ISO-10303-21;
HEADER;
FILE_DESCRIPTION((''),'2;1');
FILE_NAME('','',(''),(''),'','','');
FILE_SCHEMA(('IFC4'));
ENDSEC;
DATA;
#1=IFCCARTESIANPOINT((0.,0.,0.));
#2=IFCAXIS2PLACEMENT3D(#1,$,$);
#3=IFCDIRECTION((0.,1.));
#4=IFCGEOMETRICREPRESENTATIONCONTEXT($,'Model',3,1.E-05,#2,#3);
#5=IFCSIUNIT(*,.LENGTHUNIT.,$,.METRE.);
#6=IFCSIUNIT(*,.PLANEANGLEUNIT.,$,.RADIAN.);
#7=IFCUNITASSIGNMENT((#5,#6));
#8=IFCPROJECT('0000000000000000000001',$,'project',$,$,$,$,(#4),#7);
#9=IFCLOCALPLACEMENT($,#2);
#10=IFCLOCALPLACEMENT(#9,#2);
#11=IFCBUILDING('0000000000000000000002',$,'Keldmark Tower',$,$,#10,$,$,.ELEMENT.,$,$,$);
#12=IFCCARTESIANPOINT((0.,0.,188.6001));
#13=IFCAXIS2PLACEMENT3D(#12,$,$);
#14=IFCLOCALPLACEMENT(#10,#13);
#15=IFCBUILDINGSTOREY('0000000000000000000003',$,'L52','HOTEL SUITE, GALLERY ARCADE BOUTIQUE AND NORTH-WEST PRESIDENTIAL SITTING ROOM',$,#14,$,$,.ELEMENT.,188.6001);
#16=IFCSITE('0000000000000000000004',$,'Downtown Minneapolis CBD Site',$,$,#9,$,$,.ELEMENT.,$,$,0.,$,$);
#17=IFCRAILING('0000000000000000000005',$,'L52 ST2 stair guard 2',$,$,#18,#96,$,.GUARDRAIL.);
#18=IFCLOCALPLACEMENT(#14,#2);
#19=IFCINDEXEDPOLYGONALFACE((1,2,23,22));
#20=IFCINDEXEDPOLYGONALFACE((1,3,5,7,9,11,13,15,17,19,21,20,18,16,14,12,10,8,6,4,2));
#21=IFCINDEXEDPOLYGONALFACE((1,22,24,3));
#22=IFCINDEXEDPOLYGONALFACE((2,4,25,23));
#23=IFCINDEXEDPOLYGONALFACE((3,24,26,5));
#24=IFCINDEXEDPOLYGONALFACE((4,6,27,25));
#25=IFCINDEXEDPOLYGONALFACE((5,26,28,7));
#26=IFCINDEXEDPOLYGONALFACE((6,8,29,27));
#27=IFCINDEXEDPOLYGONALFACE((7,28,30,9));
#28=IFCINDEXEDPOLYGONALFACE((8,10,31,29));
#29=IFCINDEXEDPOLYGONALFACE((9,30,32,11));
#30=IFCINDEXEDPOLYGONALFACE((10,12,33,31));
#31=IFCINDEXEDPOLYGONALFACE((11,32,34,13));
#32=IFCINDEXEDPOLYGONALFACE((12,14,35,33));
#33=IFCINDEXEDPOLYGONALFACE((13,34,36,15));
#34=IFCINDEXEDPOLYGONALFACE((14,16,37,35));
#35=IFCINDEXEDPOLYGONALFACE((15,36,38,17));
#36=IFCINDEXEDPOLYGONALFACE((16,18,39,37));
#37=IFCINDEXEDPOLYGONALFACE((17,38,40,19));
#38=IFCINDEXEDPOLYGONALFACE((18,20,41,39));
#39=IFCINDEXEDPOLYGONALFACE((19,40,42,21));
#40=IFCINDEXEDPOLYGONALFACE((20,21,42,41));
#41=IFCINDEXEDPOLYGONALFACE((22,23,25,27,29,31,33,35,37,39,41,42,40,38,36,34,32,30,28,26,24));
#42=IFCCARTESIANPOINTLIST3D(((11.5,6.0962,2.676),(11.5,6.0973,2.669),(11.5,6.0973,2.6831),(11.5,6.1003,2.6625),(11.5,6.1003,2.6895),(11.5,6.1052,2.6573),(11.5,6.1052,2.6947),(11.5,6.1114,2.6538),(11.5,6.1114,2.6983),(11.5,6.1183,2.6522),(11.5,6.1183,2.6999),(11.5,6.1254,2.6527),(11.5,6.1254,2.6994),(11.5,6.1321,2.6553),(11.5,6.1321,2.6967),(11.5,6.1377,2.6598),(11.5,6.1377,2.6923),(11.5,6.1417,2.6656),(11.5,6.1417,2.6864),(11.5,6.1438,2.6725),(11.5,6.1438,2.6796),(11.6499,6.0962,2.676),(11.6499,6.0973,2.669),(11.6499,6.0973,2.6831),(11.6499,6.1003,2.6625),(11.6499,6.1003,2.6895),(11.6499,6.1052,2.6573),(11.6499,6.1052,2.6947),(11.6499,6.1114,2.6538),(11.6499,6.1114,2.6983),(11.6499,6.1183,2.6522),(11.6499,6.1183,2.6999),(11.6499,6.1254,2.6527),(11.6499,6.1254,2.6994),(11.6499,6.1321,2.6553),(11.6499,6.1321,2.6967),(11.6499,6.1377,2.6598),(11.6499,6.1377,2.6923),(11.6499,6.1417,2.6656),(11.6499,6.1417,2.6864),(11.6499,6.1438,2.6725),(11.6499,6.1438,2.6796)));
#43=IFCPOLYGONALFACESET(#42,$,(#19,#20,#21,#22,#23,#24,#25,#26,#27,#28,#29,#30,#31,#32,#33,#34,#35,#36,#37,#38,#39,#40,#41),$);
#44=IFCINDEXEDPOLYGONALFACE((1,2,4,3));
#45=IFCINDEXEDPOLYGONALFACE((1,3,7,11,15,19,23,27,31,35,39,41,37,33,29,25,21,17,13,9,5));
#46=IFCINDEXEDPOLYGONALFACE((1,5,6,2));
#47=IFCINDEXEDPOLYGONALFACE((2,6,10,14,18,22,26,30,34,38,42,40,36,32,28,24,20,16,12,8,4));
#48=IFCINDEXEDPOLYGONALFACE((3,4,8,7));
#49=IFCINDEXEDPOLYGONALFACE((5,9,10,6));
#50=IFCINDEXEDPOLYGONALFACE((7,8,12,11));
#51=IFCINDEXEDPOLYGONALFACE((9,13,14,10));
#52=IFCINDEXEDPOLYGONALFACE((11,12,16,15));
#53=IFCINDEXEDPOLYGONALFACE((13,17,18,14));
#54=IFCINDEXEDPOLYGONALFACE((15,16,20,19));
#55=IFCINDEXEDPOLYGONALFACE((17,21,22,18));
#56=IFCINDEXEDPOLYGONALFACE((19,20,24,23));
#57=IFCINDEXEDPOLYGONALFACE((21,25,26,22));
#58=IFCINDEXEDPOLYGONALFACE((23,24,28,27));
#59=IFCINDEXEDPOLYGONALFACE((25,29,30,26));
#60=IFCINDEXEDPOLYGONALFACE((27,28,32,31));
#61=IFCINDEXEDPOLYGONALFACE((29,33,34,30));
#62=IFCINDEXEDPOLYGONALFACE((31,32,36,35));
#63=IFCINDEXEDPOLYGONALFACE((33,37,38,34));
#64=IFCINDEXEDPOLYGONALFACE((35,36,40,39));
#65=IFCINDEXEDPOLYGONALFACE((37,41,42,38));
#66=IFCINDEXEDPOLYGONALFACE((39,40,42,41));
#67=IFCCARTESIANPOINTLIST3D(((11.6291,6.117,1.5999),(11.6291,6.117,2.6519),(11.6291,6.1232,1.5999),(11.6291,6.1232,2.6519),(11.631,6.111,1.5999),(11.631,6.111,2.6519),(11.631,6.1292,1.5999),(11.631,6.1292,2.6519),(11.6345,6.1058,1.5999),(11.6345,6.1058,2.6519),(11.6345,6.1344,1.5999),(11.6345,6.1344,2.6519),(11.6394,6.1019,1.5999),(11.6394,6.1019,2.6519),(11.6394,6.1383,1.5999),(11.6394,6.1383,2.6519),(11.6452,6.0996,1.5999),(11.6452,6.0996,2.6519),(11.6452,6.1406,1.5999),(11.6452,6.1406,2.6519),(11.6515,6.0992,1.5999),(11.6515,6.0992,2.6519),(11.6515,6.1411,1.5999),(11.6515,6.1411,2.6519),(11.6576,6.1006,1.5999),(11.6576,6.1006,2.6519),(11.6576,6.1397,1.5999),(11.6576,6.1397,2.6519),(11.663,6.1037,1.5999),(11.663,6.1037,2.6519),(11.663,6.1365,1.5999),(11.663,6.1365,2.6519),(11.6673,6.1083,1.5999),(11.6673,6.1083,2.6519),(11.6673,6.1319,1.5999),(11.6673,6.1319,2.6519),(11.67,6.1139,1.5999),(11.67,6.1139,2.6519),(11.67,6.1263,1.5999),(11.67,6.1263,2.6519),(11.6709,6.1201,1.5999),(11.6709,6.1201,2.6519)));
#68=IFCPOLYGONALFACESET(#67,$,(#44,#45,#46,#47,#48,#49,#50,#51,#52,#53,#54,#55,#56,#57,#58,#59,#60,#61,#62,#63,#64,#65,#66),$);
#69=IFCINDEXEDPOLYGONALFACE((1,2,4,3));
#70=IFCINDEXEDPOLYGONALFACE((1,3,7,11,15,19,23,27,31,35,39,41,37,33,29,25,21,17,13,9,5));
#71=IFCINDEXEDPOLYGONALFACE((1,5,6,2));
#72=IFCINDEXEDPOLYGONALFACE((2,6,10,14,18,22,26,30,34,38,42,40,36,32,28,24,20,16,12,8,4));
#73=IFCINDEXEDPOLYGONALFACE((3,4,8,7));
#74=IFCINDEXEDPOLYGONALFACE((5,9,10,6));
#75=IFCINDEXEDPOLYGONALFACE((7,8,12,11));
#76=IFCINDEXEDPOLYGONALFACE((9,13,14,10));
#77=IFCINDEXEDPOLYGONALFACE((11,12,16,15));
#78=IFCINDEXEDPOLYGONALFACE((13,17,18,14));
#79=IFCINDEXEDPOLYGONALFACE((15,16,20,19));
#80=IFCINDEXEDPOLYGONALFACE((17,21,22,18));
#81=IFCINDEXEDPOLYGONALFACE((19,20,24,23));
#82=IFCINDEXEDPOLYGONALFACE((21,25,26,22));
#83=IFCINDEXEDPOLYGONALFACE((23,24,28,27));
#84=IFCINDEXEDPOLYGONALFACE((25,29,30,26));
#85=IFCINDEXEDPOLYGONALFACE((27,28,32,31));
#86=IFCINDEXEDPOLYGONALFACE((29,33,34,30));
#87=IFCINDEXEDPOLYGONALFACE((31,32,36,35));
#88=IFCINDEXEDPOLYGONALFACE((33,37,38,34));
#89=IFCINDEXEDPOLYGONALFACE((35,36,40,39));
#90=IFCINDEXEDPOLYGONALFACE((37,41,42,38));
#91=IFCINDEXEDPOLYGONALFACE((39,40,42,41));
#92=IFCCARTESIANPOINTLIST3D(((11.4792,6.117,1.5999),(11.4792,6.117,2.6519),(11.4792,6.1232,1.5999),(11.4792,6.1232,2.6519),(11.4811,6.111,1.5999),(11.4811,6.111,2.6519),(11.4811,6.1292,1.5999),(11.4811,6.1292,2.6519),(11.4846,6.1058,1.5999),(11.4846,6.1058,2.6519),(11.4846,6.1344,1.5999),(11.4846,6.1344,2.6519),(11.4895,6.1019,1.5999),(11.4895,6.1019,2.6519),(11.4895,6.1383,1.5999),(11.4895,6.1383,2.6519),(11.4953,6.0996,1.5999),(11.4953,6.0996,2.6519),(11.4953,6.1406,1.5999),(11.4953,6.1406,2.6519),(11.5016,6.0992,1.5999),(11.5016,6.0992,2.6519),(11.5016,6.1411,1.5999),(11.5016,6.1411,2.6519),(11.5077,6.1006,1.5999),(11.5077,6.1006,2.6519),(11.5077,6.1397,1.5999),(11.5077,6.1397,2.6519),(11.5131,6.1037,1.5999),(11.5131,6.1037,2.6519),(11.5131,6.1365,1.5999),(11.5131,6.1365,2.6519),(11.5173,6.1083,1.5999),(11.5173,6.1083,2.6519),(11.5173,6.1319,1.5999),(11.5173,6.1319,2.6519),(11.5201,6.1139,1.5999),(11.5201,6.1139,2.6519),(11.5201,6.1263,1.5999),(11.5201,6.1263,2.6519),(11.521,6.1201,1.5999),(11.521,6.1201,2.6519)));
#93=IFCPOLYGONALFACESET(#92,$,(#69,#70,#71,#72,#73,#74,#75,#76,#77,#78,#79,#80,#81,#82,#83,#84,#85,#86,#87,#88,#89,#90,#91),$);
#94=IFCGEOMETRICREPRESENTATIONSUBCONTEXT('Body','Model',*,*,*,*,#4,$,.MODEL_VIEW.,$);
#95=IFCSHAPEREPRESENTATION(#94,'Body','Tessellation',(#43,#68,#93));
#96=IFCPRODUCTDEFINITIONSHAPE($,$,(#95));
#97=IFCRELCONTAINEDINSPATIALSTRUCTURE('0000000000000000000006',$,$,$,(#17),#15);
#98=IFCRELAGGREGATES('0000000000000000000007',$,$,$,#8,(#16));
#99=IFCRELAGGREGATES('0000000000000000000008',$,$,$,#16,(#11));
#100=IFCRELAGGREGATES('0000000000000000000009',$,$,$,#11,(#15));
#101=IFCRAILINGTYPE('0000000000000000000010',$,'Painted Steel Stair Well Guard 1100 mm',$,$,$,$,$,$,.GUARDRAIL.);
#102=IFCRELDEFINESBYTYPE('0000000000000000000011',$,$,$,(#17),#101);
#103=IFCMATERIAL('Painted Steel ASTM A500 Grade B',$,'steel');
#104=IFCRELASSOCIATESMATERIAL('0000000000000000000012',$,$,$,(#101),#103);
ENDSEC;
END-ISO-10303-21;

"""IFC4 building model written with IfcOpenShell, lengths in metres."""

from ifc_helpers import new_model, si_unit, direction, frame, origin, origin_2d, place, context, subcontext, project, spatial, circle, extrude, material, type_object, element, save


model = new_model("IFC4")

# Units and contexts
model_context = context("Model", 3, precision=1e-05, world=origin(), true_north=direction((0.0, 1.0)))
body_context = subcontext(model_context, "Body", "Model", "MODEL_VIEW")
ifc_project = project(units=[si_unit("LENGTHUNIT", "METRE"), si_unit("PLANEANGLEUNIT", "RADIAN")], contexts=[model_context])

# Site, building, storey
site_placement = place(None, origin())
site = spatial("IfcSite", under=ifc_project, at=site_placement, Name="Downtown Minneapolis CBD Site", CompositionType="ELEMENT", RefElevation=0.0)
building_placement = place(site_placement, origin())
building = spatial("IfcBuilding", under=site, at=building_placement, Name="Keldmark Tower", CompositionType="ELEMENT")
storey_placement = place(building_placement, frame((0.0, 0.0, 188.6001)))
storey = spatial("IfcBuildingStorey", under=building, at=storey_placement, Name="L52", Description="HOTEL SUITE, GALLERY ARCADE BOUTIQUE AND NORTH-WEST PRESIDENTIAL SITTING ROOM", CompositionType="ELEMENT", Elevation=188.6001)

# Railing
ifc_material_1 = material(Name="Painted Steel ASTM A500 Grade B", Category="steel")
railing_type_1 = type_object("IfcRailingType", Name="Painted Steel Stair Well Guard 1100 mm", PredefinedType="GUARDRAIL", material=ifc_material_1)
railing_1_placement = place(storey_placement, frame((11.6499, 6.1201, 1.5999)))
element("IfcRailing", 1, at=railing_1_placement, inside=storey, type_object=railing_type_1, Name="L52 ST2 stair guard 2", PredefinedType="GUARDRAIL", context=body_context, shape_type="SweptSolid", body=[
    extrude(circle(Radius=0.0239, at=origin_2d()), frame((0.0, 0.0, 1.0762), z_axis=(-1.0, 0.0, 0.0), x_axis=(0.0, -1.0, 0.0)), (0.0, 0.0, 1.0), 0.1499),
    extrude(circle(Radius=0.021, at=origin_2d()), origin(), (0.0, 0.0, 1.0), 1.052),
    extrude(circle(Radius=0.021, at=origin_2d()), frame((-0.1499, 0.0, 0.0)), (0.0, 0.0, 1.0), 1.052),
])

save(model, "model.ifc")
